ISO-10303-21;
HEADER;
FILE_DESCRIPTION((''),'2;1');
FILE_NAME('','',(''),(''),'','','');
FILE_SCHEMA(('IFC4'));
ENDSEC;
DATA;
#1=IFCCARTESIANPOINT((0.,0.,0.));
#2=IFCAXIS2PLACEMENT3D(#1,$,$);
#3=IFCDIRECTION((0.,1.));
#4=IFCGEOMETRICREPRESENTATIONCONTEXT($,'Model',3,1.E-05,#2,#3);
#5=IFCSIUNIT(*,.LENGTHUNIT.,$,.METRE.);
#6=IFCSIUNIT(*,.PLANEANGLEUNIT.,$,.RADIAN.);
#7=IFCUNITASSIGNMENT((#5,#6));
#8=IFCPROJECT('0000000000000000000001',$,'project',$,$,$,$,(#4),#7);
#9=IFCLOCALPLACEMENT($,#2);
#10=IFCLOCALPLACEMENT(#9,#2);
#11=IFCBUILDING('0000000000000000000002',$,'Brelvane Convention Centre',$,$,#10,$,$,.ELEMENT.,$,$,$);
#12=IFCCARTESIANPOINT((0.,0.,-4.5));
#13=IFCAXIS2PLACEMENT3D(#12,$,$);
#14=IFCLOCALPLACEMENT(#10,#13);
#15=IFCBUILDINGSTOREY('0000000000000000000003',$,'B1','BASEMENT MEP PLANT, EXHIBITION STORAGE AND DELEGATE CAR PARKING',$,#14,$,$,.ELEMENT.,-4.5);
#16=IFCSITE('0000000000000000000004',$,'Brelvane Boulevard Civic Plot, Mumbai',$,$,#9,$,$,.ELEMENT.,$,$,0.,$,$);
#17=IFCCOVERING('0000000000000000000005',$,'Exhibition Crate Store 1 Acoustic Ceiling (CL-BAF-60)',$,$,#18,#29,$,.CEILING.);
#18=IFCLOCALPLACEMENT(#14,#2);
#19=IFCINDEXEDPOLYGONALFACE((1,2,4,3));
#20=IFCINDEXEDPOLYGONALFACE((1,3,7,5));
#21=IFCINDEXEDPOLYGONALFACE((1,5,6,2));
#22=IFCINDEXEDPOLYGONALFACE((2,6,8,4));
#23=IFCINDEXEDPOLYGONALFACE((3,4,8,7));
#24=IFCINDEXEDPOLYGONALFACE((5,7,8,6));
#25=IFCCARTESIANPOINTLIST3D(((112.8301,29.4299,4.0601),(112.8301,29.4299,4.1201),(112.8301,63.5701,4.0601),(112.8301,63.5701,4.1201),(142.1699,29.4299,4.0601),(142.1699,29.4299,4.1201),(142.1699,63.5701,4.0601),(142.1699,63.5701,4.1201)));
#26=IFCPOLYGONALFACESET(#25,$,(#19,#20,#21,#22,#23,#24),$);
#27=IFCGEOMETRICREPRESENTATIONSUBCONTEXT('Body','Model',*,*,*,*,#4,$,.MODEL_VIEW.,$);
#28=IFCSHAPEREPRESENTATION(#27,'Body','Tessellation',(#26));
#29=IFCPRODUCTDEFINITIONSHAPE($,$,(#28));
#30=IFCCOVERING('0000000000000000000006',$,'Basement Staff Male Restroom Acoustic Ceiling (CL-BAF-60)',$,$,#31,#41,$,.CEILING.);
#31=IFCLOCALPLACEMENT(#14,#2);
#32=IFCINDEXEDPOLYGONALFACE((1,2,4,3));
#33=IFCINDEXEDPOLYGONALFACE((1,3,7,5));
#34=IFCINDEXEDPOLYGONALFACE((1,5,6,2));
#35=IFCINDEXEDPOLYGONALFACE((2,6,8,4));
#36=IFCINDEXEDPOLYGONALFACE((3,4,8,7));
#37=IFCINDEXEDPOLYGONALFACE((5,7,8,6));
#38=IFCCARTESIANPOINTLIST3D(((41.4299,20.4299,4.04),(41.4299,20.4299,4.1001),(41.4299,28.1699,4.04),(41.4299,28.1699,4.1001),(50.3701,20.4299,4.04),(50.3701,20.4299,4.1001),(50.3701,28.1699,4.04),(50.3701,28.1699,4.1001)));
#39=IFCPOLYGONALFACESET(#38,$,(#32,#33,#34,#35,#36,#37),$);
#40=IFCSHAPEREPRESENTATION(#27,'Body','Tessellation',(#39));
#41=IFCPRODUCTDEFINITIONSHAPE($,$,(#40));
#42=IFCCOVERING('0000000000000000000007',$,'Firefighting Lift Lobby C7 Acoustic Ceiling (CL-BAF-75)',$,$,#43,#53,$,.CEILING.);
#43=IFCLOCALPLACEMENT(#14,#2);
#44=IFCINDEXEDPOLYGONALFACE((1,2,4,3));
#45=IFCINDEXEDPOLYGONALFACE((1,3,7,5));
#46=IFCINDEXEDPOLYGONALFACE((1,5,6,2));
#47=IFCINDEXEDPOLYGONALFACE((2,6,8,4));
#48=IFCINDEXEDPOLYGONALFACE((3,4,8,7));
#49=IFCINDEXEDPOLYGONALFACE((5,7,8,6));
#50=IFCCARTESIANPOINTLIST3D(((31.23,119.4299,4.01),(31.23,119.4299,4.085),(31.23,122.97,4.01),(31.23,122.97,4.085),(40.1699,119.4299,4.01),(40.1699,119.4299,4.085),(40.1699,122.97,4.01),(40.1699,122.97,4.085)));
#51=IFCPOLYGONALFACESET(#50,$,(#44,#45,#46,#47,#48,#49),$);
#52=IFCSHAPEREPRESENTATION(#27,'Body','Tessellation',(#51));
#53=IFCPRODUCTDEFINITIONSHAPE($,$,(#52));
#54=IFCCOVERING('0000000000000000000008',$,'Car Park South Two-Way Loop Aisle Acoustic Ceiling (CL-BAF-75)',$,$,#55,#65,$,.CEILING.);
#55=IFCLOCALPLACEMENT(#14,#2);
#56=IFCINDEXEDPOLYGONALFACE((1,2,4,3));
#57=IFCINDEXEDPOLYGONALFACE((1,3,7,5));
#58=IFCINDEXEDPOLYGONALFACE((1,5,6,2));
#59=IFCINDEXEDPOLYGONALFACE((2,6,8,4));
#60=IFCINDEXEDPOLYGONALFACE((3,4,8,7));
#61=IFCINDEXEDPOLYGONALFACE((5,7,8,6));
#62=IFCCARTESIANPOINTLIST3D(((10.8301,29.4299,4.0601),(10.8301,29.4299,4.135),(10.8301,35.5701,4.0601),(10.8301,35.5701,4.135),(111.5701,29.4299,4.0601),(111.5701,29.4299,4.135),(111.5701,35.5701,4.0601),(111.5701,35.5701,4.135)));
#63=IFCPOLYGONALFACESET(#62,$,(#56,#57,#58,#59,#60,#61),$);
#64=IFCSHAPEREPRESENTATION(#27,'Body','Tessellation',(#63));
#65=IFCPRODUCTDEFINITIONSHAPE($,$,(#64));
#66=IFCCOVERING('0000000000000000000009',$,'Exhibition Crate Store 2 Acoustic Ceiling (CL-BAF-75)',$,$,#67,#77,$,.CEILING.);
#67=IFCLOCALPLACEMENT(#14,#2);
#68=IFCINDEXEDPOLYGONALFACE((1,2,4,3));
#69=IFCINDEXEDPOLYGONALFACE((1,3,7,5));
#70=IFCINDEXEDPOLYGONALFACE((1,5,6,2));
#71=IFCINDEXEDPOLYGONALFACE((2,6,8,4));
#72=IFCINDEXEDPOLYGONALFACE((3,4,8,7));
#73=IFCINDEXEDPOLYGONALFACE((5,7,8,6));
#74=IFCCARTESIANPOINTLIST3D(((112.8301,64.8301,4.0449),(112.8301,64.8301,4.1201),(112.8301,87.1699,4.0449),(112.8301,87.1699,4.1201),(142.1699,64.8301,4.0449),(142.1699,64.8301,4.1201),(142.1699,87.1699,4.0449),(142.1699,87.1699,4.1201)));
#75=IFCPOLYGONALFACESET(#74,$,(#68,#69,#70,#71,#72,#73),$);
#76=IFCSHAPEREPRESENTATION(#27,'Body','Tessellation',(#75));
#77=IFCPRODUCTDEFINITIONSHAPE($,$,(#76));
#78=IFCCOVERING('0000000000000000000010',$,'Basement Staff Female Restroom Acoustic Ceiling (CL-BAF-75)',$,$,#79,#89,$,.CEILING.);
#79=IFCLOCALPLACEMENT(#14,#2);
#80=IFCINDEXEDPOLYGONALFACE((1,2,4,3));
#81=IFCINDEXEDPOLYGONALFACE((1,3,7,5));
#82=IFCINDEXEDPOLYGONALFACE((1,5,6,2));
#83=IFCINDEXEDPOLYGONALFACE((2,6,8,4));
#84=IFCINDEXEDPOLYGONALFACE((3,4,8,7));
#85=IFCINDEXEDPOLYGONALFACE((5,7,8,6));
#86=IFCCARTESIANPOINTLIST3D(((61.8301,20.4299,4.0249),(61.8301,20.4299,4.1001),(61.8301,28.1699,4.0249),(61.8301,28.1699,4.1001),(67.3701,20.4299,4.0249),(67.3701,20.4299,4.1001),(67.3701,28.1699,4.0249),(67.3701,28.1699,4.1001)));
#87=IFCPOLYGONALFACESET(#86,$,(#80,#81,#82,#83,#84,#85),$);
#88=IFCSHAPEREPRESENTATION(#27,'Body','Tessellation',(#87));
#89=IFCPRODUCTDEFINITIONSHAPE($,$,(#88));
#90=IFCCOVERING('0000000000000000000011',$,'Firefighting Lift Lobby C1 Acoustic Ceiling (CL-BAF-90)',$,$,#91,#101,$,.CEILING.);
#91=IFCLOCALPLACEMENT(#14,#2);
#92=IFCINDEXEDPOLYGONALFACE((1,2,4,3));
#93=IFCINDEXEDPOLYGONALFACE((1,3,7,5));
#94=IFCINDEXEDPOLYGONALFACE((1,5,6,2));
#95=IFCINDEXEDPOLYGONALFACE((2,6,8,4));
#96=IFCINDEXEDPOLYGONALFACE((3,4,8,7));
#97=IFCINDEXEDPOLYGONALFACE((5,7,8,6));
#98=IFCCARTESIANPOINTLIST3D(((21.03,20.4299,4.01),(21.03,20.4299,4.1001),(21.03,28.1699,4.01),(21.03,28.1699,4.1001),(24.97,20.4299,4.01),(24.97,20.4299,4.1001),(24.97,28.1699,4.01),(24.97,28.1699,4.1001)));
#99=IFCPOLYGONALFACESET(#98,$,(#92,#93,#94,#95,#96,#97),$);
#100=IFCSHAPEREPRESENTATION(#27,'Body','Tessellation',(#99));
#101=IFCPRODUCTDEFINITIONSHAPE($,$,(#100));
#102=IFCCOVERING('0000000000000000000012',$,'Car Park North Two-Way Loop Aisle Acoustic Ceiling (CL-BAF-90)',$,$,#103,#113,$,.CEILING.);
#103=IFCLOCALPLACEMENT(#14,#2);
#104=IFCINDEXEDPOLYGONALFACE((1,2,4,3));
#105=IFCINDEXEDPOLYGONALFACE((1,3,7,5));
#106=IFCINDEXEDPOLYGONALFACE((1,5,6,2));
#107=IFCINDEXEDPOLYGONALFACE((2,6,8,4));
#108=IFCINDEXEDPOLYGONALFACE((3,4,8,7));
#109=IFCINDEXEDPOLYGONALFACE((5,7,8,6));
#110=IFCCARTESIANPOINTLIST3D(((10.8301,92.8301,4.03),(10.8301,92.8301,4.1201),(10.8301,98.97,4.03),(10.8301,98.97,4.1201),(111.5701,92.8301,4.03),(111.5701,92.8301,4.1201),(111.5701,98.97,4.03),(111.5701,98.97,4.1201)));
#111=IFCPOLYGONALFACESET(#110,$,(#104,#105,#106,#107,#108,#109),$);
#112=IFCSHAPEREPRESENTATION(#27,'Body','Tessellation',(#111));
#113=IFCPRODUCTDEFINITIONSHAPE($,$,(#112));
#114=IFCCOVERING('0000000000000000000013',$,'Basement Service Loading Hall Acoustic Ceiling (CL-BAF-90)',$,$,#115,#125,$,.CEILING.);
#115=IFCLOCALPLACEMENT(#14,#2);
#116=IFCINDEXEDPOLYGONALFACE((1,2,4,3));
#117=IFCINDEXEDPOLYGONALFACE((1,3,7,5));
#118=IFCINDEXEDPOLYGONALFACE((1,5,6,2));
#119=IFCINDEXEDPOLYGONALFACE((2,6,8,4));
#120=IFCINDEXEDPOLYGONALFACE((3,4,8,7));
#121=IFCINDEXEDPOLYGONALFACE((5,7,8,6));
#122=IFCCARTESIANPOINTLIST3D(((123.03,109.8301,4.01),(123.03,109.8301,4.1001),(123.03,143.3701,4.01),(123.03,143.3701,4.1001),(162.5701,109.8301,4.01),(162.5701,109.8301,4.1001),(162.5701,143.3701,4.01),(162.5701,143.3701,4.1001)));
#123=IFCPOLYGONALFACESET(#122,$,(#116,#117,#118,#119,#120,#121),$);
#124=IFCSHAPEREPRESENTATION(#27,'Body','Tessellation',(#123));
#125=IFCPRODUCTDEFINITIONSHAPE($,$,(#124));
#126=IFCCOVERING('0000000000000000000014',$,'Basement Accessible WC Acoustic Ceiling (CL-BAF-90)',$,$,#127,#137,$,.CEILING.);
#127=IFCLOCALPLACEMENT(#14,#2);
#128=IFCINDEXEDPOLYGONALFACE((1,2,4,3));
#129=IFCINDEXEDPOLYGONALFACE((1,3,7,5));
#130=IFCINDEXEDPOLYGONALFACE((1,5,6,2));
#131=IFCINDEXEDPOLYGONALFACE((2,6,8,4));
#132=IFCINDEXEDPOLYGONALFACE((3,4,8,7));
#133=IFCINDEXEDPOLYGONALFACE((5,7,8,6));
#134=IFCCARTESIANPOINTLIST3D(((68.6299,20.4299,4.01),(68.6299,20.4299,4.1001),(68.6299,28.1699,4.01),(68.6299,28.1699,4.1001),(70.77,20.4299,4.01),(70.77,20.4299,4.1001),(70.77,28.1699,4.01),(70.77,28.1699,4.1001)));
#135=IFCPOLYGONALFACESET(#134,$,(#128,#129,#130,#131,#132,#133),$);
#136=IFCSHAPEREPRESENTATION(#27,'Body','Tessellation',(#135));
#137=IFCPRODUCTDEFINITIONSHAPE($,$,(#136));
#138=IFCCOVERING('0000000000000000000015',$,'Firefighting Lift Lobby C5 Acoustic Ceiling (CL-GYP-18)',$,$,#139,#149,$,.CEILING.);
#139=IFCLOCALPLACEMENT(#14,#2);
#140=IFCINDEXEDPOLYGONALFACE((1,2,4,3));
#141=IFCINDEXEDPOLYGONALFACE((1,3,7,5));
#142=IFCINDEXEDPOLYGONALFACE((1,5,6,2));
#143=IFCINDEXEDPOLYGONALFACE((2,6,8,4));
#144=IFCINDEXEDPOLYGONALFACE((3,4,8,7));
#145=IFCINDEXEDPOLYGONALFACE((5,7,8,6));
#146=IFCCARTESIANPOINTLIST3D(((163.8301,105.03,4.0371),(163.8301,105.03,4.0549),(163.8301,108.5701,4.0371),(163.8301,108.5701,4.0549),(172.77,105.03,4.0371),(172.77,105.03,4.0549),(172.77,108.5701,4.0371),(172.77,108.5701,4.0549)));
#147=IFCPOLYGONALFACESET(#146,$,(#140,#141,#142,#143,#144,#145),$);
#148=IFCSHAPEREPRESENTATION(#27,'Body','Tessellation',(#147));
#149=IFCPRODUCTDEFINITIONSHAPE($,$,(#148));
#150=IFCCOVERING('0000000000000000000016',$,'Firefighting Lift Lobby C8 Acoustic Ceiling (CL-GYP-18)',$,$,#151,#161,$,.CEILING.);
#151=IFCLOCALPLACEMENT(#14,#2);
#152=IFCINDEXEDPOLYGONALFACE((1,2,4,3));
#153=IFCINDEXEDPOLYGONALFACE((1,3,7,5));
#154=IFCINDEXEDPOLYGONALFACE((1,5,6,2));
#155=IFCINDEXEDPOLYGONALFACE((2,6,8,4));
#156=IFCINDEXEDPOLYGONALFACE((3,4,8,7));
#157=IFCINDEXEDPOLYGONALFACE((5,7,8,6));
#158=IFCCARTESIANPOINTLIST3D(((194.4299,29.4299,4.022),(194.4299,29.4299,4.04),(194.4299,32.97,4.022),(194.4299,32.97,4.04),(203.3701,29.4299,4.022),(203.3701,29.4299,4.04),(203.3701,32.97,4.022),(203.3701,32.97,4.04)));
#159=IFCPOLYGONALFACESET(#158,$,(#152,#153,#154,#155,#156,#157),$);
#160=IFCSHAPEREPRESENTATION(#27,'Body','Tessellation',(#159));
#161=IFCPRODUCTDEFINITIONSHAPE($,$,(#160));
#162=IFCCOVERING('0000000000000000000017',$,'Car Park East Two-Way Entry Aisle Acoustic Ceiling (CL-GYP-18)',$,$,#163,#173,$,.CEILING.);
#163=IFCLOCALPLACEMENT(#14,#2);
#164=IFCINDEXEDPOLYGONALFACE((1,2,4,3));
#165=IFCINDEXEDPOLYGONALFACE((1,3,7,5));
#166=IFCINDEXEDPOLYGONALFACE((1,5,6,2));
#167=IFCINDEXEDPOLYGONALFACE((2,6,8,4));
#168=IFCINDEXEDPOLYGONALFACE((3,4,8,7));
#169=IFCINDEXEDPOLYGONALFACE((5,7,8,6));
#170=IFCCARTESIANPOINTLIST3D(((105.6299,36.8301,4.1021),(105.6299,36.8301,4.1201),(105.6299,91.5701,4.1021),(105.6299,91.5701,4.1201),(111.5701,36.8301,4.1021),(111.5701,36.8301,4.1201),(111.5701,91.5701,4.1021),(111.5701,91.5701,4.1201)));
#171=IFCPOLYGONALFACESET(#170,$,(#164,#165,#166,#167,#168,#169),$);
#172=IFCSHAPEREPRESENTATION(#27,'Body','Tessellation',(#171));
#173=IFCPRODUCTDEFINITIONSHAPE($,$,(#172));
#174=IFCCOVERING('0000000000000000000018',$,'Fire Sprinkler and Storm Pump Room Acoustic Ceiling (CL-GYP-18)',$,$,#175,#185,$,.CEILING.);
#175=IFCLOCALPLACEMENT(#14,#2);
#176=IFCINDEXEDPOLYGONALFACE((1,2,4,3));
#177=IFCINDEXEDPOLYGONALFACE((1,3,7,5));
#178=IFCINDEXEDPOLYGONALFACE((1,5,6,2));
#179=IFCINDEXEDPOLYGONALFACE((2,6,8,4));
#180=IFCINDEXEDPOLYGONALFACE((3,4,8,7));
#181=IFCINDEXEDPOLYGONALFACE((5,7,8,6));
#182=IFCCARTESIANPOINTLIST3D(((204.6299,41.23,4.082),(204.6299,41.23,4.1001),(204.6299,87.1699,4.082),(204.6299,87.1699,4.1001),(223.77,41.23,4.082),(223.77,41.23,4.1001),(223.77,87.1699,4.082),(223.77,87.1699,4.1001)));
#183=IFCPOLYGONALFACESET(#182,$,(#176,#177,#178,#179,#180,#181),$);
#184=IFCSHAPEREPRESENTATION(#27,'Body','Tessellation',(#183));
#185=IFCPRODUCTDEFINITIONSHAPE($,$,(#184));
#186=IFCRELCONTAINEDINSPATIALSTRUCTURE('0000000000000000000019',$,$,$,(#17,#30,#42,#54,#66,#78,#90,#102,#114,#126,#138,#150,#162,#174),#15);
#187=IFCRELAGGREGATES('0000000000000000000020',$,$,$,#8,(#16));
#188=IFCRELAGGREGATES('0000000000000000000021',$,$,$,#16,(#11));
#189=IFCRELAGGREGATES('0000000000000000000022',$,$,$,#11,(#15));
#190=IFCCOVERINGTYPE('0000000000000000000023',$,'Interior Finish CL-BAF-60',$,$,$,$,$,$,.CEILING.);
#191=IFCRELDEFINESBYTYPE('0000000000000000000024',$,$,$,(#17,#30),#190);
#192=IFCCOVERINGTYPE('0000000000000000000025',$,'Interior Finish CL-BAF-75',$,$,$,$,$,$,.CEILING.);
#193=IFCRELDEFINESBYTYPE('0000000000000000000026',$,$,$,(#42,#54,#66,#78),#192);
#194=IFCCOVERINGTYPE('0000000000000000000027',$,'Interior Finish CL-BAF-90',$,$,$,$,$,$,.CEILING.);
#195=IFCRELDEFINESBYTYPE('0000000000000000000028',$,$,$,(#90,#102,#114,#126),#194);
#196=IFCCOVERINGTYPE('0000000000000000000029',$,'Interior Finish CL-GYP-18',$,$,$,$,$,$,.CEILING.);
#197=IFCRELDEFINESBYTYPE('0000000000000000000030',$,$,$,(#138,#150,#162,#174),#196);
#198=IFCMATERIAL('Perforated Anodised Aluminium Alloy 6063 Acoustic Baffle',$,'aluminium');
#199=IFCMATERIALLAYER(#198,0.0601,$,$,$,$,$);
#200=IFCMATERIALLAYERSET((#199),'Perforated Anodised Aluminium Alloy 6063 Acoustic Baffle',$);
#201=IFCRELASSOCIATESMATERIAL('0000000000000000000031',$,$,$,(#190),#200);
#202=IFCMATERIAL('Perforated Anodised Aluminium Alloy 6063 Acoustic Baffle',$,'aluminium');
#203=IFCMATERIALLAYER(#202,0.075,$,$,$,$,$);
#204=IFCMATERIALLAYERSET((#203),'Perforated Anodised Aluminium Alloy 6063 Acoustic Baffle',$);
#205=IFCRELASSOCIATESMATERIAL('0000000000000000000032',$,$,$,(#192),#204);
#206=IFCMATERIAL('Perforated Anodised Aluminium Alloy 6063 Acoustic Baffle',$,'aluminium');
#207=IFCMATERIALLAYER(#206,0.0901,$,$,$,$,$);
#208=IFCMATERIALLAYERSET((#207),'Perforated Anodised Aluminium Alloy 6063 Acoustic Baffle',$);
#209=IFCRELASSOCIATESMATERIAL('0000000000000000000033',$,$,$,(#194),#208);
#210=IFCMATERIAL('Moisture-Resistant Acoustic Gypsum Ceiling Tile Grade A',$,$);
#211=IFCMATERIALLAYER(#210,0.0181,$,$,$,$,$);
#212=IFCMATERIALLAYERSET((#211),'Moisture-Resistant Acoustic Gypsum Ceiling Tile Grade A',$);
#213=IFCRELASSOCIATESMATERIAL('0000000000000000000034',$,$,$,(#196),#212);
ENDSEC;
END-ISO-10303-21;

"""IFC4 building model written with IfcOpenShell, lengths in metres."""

from ifc_helpers import new_model, si_unit, direction, frame, origin, place, context, subcontext, project, spatial, polyline, outline, extrude, material, layer, layer_set, type_object, element, save


model = new_model("IFC4")

# Units and contexts
model_context = context("Model", 3, precision=1e-05, world=origin(), true_north=direction((0.0, 1.0)))
body_context = subcontext(model_context, "Body", "Model", "MODEL_VIEW")
ifc_project = project(units=[si_unit("LENGTHUNIT", "METRE"), si_unit("PLANEANGLEUNIT", "RADIAN")], contexts=[model_context])

# Site, building, storey
site_placement = place(None, origin())
site = spatial("IfcSite", under=ifc_project, at=site_placement, Name="Brelvane Boulevard Civic Plot, Mumbai", CompositionType="ELEMENT", RefElevation=0.0)
building_placement = place(site_placement, origin())
building = spatial("IfcBuilding", under=site, at=building_placement, Name="Brelvane Convention Centre", CompositionType="ELEMENT")
storey_placement = place(building_placement, frame((0.0, 0.0, -4.5)))
storey = spatial("IfcBuildingStorey", under=building, at=storey_placement, Name="B1", Description="BASEMENT MEP PLANT, EXHIBITION STORAGE AND DELEGATE CAR PARKING", CompositionType="ELEMENT", Elevation=-4.5)

# Coverings
ifc_material_1 = material(Name="Perforated Anodised Aluminium Alloy 6063 Acoustic Baffle", Category="aluminium")
ifc_layer_1 = layer(ifc_material_1, 0.0601)
ifc_layer_set_1 = layer_set([ifc_layer_1], Name="Perforated Anodised Aluminium Alloy 6063 Acoustic Baffle")
covering_type_1 = type_object("IfcCoveringType", Name="Interior Finish CL-BAF-60", PredefinedType="CEILING", material=ifc_layer_set_1)
covering_1_placement = place(storey_placement, frame((0.0, 0.0, 4.0601)))
element("IfcCovering", 1, at=covering_1_placement, inside=storey, type_object=covering_type_1, Name="Exhibition Crate Store 1 Acoustic Ceiling (CL-BAF-60)", PredefinedType="CEILING", context=body_context, shape_type="SweptSolid", body=[
    extrude(outline(polyline([(112.8301, 29.4299), (142.1699, 29.4299), (142.1699, 63.5701), (112.8301, 63.5701), (112.8301, 29.4299)])), origin(), (0.0, 0.0, 1.0), 0.0601),
])
covering_2_placement = place(storey_placement, frame((0.0, 0.0, 4.04)))
element("IfcCovering", 2, at=covering_2_placement, inside=storey, type_object=covering_type_1, Name="Basement Staff Male Restroom Acoustic Ceiling (CL-BAF-60)", PredefinedType="CEILING", context=body_context, shape_type="SweptSolid", body=[
    extrude(outline(polyline([(41.4299, 20.4299), (50.3701, 20.4299), (50.3701, 28.1699), (41.4299, 28.1699), (41.4299, 20.4299)])), origin(), (0.0, 0.0, 1.0), 0.0601),
])
ifc_material_2 = material(Name="Perforated Anodised Aluminium Alloy 6063 Acoustic Baffle", Category="aluminium")
ifc_layer_2 = layer(ifc_material_2, 0.075)
ifc_layer_set_2 = layer_set([ifc_layer_2], Name="Perforated Anodised Aluminium Alloy 6063 Acoustic Baffle")
covering_type_2 = type_object("IfcCoveringType", Name="Interior Finish CL-BAF-75", PredefinedType="CEILING", material=ifc_layer_set_2)
covering_3_placement = place(storey_placement, frame((0.0, 0.0, 4.01)))
element("IfcCovering", 3, at=covering_3_placement, inside=storey, type_object=covering_type_2, Name="Firefighting Lift Lobby C7 Acoustic Ceiling (CL-BAF-75)", PredefinedType="CEILING", context=body_context, shape_type="SweptSolid", body=[
    extrude(outline(polyline([(31.23, 119.4299), (40.1699, 119.4299), (40.1699, 122.97), (31.23, 122.97), (31.23, 119.4299)])), origin(), (0.0, 0.0, 1.0), 0.075),
])
covering_4_placement = place(storey_placement, frame((0.0, 0.0, 4.0601)))
element("IfcCovering", 4, at=covering_4_placement, inside=storey, type_object=covering_type_2, Name="Car Park South Two-Way Loop Aisle Acoustic Ceiling (CL-BAF-75)", PredefinedType="CEILING", context=body_context, shape_type="SweptSolid", body=[
    extrude(outline(polyline([(10.8301, 29.4299), (111.5701, 29.4299), (111.5701, 35.5701), (10.8301, 35.5701), (10.8301, 29.4299)])), origin(), (0.0, 0.0, 1.0), 0.075),
])
covering_5_placement = place(storey_placement, frame((0.0, 0.0, 4.0449)))
element("IfcCovering", 5, at=covering_5_placement, inside=storey, type_object=covering_type_2, Name="Exhibition Crate Store 2 Acoustic Ceiling (CL-BAF-75)", PredefinedType="CEILING", context=body_context, shape_type="SweptSolid", body=[
    extrude(outline(polyline([(112.8301, 64.8301), (142.1699, 64.8301), (142.1699, 87.1699), (112.8301, 87.1699), (112.8301, 64.8301)])), origin(), (0.0, 0.0, 1.0), 0.0752),
])
covering_6_placement = place(storey_placement, frame((0.0, 0.0, 4.0249)))
element("IfcCovering", 6, at=covering_6_placement, inside=storey, type_object=covering_type_2, Name="Basement Staff Female Restroom Acoustic Ceiling (CL-BAF-75)", PredefinedType="CEILING", context=body_context, shape_type="SweptSolid", body=[
    extrude(outline(polyline([(61.8301, 20.4299), (67.3701, 20.4299), (67.3701, 28.1699), (61.8301, 28.1699), (61.8301, 20.4299)])), origin(), (0.0, 0.0, 1.0), 0.0752),
])
ifc_material_3 = material(Name="Perforated Anodised Aluminium Alloy 6063 Acoustic Baffle", Category="aluminium")
ifc_layer_3 = layer(ifc_material_3, 0.0901)
ifc_layer_set_3 = layer_set([ifc_layer_3], Name="Perforated Anodised Aluminium Alloy 6063 Acoustic Baffle")
covering_type_3 = type_object("IfcCoveringType", Name="Interior Finish CL-BAF-90", PredefinedType="CEILING", material=ifc_layer_set_3)
covering_7_placement = place(storey_placement, frame((0.0, 0.0, 4.01)))
element("IfcCovering", 7, at=covering_7_placement, inside=storey, type_object=covering_type_3, Name="Firefighting Lift Lobby C1 Acoustic Ceiling (CL-BAF-90)", PredefinedType="CEILING", context=body_context, shape_type="SweptSolid", body=[
    extrude(outline(polyline([(21.03, 20.4299), (24.97, 20.4299), (24.97, 28.1699), (21.03, 28.1699), (21.03, 20.4299)])), origin(), (0.0, 0.0, 1.0), 0.0901),
])
covering_8_placement = place(storey_placement, frame((0.0, 0.0, 4.03)))
element("IfcCovering", 8, at=covering_8_placement, inside=storey, type_object=covering_type_3, Name="Car Park North Two-Way Loop Aisle Acoustic Ceiling (CL-BAF-90)", PredefinedType="CEILING", context=body_context, shape_type="SweptSolid", body=[
    extrude(outline(polyline([(10.8301, 92.8301), (111.5701, 92.8301), (111.5701, 98.97), (10.8301, 98.97), (10.8301, 92.8301)])), origin(), (0.0, 0.0, 1.0), 0.0901),
])
covering_9_placement = place(storey_placement, frame((0.0, 0.0, 4.01)))
element("IfcCovering", 9, at=covering_9_placement, inside=storey, type_object=covering_type_3, Name="Basement Service Loading Hall Acoustic Ceiling (CL-BAF-90)", PredefinedType="CEILING", context=body_context, shape_type="SweptSolid", body=[
    extrude(outline(polyline([(123.03, 109.8301), (162.5701, 109.8301), (162.5701, 143.3701), (123.03, 143.3701), (123.03, 109.8301)])), origin(), (0.0, 0.0, 1.0), 0.0901),
])
covering_10_placement = place(storey_placement, frame((0.0, 0.0, 4.01)))
element("IfcCovering", 10, at=covering_10_placement, inside=storey, type_object=covering_type_3, Name="Basement Accessible WC Acoustic Ceiling (CL-BAF-90)", PredefinedType="CEILING", context=body_context, shape_type="SweptSolid", body=[
    extrude(outline(polyline([(68.6299, 20.4299), (70.77, 20.4299), (70.77, 28.1699), (68.6299, 28.1699), (68.6299, 20.4299)])), origin(), (0.0, 0.0, 1.0), 0.0901),
])
ifc_material_4 = material(Name="Moisture-Resistant Acoustic Gypsum Ceiling Tile Grade A")
ifc_layer_4 = layer(ifc_material_4, 0.0181)
ifc_layer_set_4 = layer_set([ifc_layer_4], Name="Moisture-Resistant Acoustic Gypsum Ceiling Tile Grade A")
covering_type_4 = type_object("IfcCoveringType", Name="Interior Finish CL-GYP-18", PredefinedType="CEILING", material=ifc_layer_set_4)
covering_11_placement = place(storey_placement, frame((0.0, 0.0, 4.0371)))
element("IfcCovering", 11, at=covering_11_placement, inside=storey, type_object=covering_type_4, Name="Firefighting Lift Lobby C5 Acoustic Ceiling (CL-GYP-18)", PredefinedType="CEILING", context=body_context, shape_type="SweptSolid", body=[
    extrude(outline(polyline([(163.8301, 105.03), (172.77, 105.03), (172.77, 108.5701), (163.8301, 108.5701), (163.8301, 105.03)])), origin(), (0.0, 0.0, 1.0), 0.0178),
])
covering_12_placement = place(storey_placement, frame((0.0, 0.0, 4.022)))
element("IfcCovering", 12, at=covering_12_placement, inside=storey, type_object=covering_type_4, Name="Firefighting Lift Lobby C8 Acoustic Ceiling (CL-GYP-18)", PredefinedType="CEILING", context=body_context, shape_type="SweptSolid", body=[
    extrude(outline(polyline([(194.4299, 29.4299), (203.3701, 29.4299), (203.3701, 32.97), (194.4299, 32.97), (194.4299, 29.4299)])), origin(), (0.0, 0.0, 1.0), 0.0181),
])
covering_13_placement = place(storey_placement, frame((0.0, 0.0, 4.1021)))
element("IfcCovering", 13, at=covering_13_placement, inside=storey, type_object=covering_type_4, Name="Car Park East Two-Way Entry Aisle Acoustic Ceiling (CL-GYP-18)", PredefinedType="CEILING", context=body_context, shape_type="SweptSolid", body=[
    extrude(outline(polyline([(105.6299, 36.8301), (111.5701, 36.8301), (111.5701, 91.5701), (105.6299, 91.5701), (105.6299, 36.8301)])), origin(), (0.0, 0.0, 1.0), 0.0181),
])
covering_14_placement = place(storey_placement, frame((0.0, 0.0, 4.082)))
element("IfcCovering", 14, at=covering_14_placement, inside=storey, type_object=covering_type_4, Name="Fire Sprinkler and Storm Pump Room Acoustic Ceiling (CL-GYP-18)", PredefinedType="CEILING", context=body_context, shape_type="SweptSolid", body=[
    extrude(outline(polyline([(204.6299, 41.23), (223.77, 41.23), (223.77, 87.1699), (204.6299, 87.1699), (204.6299, 41.23)])), origin(), (0.0, 0.0, 1.0), 0.0181),
])

save(model, "model.ifc")
